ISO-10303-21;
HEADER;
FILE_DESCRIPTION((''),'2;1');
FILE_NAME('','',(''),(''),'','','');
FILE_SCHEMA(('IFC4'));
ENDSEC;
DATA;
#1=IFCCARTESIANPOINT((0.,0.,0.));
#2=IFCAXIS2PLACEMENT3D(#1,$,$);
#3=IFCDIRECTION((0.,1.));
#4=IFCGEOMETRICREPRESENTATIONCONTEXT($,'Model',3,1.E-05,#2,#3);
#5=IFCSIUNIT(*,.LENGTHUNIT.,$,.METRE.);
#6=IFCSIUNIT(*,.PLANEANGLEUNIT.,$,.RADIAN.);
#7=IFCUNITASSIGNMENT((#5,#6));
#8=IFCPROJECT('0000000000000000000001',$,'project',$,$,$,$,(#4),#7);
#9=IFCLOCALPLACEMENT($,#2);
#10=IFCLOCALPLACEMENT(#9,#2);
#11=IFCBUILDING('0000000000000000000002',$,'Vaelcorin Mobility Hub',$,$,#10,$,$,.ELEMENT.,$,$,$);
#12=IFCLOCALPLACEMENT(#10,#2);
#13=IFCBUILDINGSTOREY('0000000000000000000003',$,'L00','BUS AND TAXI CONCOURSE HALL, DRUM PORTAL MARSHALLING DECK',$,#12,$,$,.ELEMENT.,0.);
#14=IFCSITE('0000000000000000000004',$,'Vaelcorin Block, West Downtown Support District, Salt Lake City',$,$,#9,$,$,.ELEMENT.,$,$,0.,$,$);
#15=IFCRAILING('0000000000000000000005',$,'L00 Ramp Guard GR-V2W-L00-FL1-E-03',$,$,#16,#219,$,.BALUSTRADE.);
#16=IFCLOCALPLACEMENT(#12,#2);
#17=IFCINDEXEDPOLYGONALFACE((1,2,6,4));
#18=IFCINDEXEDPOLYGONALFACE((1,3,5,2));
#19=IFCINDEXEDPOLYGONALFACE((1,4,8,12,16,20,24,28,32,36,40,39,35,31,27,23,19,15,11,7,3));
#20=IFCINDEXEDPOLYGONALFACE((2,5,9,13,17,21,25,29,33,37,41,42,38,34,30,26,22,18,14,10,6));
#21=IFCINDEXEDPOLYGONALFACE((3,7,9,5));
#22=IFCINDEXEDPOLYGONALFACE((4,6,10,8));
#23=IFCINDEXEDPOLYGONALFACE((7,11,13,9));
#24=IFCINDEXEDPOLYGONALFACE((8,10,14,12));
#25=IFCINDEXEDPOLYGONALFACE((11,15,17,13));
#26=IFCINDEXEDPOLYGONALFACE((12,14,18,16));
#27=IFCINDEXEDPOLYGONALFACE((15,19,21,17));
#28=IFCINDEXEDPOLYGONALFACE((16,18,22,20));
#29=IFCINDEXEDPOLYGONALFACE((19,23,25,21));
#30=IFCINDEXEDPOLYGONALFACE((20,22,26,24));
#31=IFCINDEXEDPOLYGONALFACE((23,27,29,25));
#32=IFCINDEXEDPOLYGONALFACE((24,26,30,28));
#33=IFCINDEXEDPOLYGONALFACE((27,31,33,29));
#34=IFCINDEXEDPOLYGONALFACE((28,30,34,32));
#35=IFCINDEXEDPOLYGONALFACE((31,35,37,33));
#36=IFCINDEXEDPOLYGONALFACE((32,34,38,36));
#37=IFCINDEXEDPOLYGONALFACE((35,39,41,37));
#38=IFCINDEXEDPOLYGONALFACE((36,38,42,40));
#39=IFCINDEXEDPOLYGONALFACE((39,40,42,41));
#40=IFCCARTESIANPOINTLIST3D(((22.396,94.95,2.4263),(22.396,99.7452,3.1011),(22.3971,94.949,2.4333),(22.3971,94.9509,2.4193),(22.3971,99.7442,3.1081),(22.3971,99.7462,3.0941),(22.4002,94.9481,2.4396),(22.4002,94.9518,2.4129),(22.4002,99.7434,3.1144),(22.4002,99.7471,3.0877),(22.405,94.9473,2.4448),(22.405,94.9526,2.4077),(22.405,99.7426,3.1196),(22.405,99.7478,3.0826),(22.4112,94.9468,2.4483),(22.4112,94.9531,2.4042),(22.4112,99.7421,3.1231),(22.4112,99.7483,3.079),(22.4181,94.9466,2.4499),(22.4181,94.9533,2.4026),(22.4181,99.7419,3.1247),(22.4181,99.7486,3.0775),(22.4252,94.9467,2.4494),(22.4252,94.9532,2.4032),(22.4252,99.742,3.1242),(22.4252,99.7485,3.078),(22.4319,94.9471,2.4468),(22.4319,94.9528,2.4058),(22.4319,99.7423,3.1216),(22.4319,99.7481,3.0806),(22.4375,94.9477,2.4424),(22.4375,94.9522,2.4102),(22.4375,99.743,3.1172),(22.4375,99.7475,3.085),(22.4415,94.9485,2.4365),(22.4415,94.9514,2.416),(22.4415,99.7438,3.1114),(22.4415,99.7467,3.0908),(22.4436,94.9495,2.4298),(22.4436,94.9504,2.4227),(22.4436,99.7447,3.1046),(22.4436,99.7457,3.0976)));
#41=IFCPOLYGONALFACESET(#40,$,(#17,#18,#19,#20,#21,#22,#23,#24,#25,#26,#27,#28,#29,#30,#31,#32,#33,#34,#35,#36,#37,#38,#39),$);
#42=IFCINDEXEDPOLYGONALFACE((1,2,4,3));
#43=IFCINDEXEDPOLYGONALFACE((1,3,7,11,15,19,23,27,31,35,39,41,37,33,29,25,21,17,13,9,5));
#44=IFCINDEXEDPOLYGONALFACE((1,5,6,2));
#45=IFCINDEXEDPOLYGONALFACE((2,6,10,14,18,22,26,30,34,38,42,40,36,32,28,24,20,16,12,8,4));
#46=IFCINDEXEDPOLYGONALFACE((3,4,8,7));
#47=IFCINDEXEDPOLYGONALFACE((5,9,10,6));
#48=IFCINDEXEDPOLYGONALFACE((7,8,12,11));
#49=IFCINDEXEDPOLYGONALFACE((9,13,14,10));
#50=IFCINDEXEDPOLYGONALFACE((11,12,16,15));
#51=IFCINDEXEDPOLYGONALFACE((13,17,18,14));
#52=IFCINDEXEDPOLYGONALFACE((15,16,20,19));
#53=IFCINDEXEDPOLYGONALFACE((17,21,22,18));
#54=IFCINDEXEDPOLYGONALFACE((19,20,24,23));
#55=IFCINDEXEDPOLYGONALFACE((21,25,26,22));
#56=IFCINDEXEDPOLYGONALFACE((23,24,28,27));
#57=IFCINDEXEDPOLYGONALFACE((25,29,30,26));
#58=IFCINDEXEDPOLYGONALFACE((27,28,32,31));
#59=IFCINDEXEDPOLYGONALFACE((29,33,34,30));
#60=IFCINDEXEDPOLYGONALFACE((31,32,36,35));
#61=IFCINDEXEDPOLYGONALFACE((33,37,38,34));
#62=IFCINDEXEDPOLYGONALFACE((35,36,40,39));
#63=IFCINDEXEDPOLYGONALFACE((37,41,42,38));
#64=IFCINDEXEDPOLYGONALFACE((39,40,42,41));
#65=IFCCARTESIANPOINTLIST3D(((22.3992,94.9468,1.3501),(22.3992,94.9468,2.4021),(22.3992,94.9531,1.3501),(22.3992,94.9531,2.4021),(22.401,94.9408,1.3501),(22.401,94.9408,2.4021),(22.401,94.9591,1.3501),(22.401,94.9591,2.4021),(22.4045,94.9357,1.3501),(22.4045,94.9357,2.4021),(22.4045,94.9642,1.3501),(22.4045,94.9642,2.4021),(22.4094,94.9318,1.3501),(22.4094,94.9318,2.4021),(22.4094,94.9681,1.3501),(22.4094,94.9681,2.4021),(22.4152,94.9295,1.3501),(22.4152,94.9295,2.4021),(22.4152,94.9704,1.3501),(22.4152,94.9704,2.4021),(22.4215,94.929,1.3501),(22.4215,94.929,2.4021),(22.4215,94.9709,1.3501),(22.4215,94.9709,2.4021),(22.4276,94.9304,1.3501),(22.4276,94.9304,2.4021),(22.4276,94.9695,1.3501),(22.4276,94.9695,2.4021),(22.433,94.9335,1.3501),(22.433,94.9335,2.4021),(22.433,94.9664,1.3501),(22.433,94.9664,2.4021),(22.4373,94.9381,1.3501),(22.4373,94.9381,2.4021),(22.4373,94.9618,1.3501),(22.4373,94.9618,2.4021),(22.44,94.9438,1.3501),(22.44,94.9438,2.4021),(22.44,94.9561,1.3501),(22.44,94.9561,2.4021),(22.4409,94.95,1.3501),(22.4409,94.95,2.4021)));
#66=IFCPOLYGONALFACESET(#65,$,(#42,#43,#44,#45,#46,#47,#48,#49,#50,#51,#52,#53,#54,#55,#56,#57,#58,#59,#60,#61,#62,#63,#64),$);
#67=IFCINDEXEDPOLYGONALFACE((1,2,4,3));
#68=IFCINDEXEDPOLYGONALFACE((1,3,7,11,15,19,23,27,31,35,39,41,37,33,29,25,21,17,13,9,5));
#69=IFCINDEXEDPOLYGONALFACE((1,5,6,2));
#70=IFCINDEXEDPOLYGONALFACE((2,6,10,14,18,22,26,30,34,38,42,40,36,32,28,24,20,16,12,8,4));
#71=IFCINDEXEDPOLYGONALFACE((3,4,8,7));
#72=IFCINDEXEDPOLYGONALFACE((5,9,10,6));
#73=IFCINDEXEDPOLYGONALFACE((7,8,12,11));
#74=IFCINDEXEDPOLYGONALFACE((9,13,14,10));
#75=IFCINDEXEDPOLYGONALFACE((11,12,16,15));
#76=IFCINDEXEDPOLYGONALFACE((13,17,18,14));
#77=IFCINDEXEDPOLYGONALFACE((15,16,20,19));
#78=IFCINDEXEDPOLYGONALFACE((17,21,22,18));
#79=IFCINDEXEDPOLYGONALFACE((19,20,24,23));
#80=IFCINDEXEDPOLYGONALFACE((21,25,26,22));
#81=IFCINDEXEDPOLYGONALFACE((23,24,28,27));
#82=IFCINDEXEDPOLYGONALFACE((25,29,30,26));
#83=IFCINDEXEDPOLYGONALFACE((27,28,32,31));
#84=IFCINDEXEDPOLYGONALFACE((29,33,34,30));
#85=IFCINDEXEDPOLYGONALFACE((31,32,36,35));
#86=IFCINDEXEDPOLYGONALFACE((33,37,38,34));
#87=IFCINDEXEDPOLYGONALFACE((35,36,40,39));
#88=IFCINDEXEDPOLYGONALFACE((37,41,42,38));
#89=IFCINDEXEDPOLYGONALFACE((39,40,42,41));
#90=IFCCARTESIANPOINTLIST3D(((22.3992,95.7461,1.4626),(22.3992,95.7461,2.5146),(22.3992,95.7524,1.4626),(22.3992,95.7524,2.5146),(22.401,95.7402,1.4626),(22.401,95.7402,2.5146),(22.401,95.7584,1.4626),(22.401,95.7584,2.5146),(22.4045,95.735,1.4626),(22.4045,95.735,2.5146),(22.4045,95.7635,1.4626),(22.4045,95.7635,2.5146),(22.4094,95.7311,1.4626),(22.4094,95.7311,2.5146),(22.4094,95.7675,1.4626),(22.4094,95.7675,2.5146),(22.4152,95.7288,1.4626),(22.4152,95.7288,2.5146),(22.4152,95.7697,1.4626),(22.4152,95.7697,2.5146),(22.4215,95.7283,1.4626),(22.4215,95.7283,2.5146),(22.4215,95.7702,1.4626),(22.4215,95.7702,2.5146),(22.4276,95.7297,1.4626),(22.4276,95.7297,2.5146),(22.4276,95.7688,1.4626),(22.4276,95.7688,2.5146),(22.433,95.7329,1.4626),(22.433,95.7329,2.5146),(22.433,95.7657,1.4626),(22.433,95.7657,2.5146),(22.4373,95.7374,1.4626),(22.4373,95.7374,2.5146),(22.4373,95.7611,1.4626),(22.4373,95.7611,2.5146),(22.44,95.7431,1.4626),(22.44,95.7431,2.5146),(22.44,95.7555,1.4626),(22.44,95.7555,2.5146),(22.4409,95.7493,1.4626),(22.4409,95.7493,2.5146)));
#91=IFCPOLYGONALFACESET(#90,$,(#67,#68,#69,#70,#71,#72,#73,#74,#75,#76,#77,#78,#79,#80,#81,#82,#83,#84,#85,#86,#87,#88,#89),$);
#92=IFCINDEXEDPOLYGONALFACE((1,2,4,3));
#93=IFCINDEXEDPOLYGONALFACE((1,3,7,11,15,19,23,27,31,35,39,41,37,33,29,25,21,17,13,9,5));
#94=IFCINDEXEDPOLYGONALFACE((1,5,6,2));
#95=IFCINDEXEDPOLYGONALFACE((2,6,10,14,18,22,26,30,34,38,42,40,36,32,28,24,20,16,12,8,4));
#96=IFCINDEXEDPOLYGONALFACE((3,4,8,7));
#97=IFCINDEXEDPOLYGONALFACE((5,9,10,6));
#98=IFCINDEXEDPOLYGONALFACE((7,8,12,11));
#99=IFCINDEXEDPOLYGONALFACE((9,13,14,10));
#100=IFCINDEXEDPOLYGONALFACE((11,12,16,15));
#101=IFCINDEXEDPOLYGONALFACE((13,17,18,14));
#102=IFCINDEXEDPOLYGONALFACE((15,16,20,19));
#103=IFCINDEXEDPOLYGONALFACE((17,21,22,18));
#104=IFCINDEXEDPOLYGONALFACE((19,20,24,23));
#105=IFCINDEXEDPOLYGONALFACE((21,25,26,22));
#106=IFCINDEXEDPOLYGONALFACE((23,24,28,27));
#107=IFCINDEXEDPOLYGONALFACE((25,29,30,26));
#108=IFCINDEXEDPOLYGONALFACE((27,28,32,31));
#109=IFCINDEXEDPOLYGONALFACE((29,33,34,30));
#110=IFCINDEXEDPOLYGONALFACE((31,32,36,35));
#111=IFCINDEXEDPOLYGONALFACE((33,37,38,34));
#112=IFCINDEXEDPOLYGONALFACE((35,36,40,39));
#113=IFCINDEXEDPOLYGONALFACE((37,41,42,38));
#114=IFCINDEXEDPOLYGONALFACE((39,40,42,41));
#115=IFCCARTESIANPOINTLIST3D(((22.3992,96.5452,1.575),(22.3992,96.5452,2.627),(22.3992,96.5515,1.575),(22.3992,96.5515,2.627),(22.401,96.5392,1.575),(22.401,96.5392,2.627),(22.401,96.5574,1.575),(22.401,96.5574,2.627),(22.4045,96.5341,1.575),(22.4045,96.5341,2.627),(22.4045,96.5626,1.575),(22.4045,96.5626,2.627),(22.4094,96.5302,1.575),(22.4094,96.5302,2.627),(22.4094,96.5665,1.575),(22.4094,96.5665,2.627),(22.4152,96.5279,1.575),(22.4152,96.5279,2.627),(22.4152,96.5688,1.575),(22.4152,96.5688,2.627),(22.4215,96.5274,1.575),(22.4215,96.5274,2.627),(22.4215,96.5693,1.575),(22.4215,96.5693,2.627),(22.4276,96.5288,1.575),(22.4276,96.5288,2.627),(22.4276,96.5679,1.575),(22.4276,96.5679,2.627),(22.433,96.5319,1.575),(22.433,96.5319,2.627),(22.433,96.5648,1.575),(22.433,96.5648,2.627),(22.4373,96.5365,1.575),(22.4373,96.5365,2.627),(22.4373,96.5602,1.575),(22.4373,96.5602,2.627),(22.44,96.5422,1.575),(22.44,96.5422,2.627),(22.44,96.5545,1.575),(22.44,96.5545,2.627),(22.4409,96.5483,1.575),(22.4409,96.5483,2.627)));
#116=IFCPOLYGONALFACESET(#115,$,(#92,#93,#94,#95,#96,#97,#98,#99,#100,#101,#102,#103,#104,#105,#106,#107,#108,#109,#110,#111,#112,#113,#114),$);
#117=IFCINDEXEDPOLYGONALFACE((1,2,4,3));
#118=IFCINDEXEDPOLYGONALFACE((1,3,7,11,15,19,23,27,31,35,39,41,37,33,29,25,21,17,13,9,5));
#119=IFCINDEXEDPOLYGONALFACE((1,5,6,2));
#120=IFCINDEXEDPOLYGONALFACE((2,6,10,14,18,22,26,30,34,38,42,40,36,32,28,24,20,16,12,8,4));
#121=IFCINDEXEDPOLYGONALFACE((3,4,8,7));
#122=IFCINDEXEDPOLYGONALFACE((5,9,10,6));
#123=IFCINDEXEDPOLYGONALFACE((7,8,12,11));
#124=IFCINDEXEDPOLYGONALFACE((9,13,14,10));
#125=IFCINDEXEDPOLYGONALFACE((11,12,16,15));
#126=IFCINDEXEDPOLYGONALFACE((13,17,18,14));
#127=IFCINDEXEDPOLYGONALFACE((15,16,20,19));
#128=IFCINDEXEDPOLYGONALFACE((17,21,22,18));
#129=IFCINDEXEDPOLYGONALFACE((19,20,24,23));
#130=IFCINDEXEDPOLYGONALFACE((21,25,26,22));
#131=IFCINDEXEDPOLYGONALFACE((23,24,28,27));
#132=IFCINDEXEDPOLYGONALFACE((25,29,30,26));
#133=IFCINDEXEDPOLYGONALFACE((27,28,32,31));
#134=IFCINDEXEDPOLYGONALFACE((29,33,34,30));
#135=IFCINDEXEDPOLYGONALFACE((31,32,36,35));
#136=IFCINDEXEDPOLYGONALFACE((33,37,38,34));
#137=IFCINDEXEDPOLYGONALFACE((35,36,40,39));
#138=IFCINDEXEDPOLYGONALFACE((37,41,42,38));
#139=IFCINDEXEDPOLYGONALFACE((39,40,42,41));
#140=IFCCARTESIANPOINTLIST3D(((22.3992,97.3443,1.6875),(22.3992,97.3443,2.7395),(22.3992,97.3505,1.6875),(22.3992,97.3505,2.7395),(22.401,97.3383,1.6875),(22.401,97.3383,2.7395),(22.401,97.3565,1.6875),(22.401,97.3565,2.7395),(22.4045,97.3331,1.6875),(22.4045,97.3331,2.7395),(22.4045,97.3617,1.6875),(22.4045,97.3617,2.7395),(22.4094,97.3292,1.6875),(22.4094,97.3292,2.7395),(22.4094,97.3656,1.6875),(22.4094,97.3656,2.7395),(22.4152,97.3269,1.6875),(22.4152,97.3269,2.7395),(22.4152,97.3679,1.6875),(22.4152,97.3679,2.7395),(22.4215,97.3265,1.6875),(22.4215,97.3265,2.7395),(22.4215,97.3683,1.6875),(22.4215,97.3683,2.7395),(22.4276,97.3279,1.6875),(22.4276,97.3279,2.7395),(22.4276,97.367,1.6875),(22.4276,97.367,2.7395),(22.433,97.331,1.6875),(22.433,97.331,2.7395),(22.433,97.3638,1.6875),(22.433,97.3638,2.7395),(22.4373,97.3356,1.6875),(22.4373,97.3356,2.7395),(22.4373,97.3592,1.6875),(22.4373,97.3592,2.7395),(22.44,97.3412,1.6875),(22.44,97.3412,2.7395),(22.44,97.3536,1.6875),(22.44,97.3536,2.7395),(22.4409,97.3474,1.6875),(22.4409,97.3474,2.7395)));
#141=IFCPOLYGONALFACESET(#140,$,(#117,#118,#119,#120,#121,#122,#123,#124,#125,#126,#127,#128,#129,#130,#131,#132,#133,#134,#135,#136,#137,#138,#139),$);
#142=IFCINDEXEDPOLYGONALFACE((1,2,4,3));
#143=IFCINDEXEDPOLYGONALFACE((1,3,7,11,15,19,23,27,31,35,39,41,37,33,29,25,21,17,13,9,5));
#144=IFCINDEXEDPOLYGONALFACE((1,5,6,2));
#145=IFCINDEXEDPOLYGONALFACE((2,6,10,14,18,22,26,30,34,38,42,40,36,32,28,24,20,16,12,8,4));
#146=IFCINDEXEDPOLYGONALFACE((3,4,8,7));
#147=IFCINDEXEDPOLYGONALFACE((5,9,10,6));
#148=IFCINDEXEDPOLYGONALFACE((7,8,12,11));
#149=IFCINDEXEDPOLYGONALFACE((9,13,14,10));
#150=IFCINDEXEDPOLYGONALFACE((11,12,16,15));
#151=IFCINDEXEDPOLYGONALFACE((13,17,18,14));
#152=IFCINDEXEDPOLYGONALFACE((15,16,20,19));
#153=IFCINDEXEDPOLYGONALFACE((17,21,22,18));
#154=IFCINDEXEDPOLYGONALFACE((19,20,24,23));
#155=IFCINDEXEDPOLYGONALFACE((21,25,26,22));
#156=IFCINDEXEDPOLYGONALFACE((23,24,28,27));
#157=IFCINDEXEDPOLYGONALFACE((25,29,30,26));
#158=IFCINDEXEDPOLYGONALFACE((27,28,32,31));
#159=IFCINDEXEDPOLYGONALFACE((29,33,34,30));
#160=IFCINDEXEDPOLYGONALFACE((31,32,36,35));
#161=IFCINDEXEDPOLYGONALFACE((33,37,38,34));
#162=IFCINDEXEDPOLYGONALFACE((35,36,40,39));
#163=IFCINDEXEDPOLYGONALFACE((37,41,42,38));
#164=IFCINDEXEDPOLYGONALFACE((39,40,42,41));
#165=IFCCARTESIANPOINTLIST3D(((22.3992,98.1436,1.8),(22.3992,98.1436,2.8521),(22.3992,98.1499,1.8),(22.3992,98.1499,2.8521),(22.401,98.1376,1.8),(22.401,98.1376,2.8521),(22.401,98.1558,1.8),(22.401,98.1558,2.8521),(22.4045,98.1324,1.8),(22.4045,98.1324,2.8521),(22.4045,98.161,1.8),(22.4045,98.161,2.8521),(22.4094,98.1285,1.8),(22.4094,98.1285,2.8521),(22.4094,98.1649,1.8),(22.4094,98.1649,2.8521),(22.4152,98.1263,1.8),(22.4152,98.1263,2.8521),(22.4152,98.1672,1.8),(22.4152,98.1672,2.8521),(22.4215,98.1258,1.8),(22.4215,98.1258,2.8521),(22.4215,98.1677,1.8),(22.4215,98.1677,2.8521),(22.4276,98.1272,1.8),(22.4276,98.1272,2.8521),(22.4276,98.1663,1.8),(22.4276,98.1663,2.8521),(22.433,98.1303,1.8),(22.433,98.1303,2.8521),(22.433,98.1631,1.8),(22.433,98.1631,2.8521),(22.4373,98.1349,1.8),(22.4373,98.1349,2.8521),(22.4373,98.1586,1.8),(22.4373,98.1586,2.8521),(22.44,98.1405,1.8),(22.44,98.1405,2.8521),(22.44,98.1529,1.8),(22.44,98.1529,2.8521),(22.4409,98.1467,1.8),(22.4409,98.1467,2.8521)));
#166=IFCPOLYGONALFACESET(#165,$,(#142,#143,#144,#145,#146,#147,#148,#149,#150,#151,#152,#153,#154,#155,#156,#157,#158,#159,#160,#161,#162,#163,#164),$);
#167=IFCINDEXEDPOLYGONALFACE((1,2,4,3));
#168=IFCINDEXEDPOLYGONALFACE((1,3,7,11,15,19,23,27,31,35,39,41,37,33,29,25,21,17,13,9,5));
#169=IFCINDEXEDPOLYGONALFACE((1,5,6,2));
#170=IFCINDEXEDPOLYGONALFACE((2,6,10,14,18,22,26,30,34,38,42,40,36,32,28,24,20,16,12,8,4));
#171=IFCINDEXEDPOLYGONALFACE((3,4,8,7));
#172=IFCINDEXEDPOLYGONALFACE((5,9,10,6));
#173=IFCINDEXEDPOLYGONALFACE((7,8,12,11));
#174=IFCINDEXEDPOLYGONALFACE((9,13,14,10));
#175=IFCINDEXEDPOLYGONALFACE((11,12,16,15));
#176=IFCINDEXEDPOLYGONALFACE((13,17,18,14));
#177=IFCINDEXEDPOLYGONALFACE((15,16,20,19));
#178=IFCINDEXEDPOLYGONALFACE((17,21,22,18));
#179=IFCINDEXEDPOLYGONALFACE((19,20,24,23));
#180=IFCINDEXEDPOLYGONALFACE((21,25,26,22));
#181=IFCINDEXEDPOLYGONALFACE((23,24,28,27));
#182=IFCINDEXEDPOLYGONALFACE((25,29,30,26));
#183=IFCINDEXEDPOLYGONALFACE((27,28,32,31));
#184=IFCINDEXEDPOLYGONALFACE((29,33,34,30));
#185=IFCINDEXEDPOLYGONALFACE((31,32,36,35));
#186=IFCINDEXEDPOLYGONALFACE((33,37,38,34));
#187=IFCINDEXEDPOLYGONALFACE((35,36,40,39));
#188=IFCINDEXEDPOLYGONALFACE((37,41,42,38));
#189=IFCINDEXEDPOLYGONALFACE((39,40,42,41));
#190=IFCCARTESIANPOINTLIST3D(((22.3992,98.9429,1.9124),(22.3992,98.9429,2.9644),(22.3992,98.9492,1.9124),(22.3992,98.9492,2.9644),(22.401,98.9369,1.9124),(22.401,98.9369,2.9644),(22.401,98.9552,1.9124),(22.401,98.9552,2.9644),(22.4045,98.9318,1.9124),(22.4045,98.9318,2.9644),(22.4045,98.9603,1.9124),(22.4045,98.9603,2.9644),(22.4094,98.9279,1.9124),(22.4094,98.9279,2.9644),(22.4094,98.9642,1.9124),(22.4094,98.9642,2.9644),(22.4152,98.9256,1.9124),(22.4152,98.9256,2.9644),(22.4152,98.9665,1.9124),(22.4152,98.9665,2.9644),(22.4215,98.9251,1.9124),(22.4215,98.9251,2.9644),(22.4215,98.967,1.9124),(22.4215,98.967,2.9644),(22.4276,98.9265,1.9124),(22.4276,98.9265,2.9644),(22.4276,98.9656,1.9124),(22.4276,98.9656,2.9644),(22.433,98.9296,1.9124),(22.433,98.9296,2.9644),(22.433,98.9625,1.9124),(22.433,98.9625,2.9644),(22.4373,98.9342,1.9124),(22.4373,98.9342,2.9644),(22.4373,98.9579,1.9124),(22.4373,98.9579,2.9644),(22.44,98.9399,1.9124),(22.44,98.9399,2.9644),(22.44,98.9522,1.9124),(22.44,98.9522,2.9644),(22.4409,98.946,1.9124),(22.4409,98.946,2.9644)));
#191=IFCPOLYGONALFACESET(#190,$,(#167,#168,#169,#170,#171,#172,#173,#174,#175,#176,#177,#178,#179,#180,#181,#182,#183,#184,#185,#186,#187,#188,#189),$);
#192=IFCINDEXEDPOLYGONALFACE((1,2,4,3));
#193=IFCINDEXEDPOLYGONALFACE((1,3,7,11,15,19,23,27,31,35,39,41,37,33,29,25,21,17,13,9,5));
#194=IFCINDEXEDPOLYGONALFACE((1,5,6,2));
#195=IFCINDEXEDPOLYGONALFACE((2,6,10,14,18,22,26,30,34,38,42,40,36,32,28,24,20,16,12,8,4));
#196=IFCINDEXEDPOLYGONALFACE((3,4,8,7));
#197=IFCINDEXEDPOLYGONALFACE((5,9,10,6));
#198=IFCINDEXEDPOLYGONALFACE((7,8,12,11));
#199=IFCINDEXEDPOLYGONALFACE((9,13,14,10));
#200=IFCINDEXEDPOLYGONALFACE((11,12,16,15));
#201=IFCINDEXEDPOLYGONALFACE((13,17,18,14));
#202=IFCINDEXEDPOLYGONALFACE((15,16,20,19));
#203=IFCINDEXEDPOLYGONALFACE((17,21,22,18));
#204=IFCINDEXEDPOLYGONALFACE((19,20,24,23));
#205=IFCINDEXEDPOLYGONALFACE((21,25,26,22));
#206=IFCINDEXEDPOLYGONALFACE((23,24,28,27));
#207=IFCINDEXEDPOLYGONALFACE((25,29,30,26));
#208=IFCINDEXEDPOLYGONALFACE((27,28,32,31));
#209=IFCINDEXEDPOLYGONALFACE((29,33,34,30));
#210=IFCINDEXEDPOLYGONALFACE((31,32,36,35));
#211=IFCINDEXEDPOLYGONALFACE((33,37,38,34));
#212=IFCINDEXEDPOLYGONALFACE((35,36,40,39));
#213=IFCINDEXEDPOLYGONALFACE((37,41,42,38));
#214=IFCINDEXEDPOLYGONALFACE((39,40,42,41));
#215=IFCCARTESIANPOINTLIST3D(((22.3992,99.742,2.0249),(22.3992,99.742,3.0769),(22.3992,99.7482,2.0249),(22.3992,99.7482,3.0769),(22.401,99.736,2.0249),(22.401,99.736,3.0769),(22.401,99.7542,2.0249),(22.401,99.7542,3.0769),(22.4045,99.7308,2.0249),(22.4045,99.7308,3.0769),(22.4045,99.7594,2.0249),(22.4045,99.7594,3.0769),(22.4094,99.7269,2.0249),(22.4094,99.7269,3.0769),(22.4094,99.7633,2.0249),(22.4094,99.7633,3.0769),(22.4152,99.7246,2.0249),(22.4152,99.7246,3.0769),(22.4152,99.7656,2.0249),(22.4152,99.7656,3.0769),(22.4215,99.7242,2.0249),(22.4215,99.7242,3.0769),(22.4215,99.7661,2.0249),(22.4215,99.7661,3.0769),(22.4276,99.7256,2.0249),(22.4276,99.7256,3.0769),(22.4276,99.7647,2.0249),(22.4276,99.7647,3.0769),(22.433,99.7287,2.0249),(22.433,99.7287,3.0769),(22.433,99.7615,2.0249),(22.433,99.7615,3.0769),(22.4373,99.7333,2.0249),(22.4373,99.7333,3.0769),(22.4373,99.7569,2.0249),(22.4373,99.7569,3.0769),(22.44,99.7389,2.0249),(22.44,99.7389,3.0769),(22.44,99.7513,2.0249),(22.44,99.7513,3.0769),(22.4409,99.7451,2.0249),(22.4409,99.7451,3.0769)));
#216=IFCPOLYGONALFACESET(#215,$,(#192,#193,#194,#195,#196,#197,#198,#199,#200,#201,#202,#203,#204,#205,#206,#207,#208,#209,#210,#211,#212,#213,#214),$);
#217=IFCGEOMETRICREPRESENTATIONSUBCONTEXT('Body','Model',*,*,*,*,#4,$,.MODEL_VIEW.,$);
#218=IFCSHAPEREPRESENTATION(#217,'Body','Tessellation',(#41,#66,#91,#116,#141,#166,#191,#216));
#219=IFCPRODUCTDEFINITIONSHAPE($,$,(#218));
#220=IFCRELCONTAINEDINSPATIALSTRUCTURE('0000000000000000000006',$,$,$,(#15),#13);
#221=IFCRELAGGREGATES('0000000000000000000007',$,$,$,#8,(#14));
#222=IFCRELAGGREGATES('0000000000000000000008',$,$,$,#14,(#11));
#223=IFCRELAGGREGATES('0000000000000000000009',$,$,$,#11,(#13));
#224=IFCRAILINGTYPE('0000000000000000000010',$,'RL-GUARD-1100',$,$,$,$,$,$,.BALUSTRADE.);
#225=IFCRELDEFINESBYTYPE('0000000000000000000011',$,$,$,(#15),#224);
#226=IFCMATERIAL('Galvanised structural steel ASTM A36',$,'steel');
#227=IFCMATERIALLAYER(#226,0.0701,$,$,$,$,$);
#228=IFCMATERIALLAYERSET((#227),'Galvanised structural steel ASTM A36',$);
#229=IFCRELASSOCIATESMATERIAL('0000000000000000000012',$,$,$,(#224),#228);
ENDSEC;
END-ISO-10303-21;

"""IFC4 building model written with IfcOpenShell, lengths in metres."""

from ifc_helpers import new_model, si_unit, direction, frame, origin, origin_2d, place, context, subcontext, project, spatial, circle, extrude, material, layer, layer_set, type_object, element, save


model = new_model("IFC4")

# Units and contexts
model_context = context("Model", 3, precision=1e-05, world=origin(), true_north=direction((0.0, 1.0)))
body_context = subcontext(model_context, "Body", "Model", "MODEL_VIEW")
ifc_project = project(units=[si_unit("LENGTHUNIT", "METRE"), si_unit("PLANEANGLEUNIT", "RADIAN")], contexts=[model_context])

# Site, building, storey
site_placement = place(None, origin())
site = spatial("IfcSite", under=ifc_project, at=site_placement, Name="Vaelcorin Block, West Downtown Support District, Salt Lake City", CompositionType="ELEMENT", RefElevation=0.0)
building_placement = place(site_placement, origin())
building = spatial("IfcBuilding", under=site, at=building_placement, Name="Vaelcorin Mobility Hub", CompositionType="ELEMENT")
storey_placement = place(building_placement, origin())
storey = spatial("IfcBuildingStorey", under=building, at=storey_placement, Name="L00", Description="BUS AND TAXI CONCOURSE HALL, DRUM PORTAL MARSHALLING DECK", CompositionType="ELEMENT", Elevation=0.0)

# Railing
ifc_material_1 = material(Name="Galvanised structural steel ASTM A36", Category="steel")
ifc_layer = layer(ifc_material_1, 0.0701)
ifc_layer_set = layer_set([ifc_layer], Name="Galvanised structural steel ASTM A36")
railing_type = type_object("IfcRailingType", Name="RL-GUARD-1100", PredefinedType="BALUSTRADE", material=ifc_layer_set)
railing_1_placement = place(storey_placement, frame((22.4199, 94.95, 1.3501)))
element("IfcRailing", 1, at=railing_1_placement, inside=storey, type_object=railing_type, Name="L00 Ramp Guard GR-V2W-L00-FL1-E-03", PredefinedType="BALUSTRADE", context=body_context, shape_type="SweptSolid", body=[
    extrude(circle(Radius=0.0239, at=origin_2d()), frame((0.0, 0.0, 1.0762), z_axis=(0.0, 0.990243, 0.139353), x_axis=(-1.0, 0.0, 0.0)), (0.0, 0.0, 1.0), 4.8425),
    extrude(circle(Radius=0.021, at=origin_2d()), origin(), (0.0, 0.0, 1.0), 1.052),
    extrude(circle(Radius=0.021, at=origin_2d()), frame((0.0, 0.7993, 0.1125)), (0.0, 0.0, 1.0), 1.052),
    extrude(circle(Radius=0.021, at=origin_2d()), frame((0.0, 1.5984, 0.2249)), (0.0, 0.0, 1.0), 1.052),
    extrude(circle(Radius=0.021, at=origin_2d()), frame((0.0, 2.3975, 0.3374)), (0.0, 0.0, 1.0), 1.052),
    extrude(circle(Radius=0.021, at=origin_2d()), frame((0.0, 3.1968, 0.45)), (0.0, 0.0, 1.0), 1.052),
    extrude(circle(Radius=0.021, at=origin_2d()), frame((0.0, 3.9961, 0.5623)), (0.0, 0.0, 1.0), 1.052),
    extrude(circle(Radius=0.021, at=origin_2d()), frame((0.0, 4.7952, 0.6748)), (0.0, 0.0, 1.0), 1.052),
])

save(model, "model.ifc")
